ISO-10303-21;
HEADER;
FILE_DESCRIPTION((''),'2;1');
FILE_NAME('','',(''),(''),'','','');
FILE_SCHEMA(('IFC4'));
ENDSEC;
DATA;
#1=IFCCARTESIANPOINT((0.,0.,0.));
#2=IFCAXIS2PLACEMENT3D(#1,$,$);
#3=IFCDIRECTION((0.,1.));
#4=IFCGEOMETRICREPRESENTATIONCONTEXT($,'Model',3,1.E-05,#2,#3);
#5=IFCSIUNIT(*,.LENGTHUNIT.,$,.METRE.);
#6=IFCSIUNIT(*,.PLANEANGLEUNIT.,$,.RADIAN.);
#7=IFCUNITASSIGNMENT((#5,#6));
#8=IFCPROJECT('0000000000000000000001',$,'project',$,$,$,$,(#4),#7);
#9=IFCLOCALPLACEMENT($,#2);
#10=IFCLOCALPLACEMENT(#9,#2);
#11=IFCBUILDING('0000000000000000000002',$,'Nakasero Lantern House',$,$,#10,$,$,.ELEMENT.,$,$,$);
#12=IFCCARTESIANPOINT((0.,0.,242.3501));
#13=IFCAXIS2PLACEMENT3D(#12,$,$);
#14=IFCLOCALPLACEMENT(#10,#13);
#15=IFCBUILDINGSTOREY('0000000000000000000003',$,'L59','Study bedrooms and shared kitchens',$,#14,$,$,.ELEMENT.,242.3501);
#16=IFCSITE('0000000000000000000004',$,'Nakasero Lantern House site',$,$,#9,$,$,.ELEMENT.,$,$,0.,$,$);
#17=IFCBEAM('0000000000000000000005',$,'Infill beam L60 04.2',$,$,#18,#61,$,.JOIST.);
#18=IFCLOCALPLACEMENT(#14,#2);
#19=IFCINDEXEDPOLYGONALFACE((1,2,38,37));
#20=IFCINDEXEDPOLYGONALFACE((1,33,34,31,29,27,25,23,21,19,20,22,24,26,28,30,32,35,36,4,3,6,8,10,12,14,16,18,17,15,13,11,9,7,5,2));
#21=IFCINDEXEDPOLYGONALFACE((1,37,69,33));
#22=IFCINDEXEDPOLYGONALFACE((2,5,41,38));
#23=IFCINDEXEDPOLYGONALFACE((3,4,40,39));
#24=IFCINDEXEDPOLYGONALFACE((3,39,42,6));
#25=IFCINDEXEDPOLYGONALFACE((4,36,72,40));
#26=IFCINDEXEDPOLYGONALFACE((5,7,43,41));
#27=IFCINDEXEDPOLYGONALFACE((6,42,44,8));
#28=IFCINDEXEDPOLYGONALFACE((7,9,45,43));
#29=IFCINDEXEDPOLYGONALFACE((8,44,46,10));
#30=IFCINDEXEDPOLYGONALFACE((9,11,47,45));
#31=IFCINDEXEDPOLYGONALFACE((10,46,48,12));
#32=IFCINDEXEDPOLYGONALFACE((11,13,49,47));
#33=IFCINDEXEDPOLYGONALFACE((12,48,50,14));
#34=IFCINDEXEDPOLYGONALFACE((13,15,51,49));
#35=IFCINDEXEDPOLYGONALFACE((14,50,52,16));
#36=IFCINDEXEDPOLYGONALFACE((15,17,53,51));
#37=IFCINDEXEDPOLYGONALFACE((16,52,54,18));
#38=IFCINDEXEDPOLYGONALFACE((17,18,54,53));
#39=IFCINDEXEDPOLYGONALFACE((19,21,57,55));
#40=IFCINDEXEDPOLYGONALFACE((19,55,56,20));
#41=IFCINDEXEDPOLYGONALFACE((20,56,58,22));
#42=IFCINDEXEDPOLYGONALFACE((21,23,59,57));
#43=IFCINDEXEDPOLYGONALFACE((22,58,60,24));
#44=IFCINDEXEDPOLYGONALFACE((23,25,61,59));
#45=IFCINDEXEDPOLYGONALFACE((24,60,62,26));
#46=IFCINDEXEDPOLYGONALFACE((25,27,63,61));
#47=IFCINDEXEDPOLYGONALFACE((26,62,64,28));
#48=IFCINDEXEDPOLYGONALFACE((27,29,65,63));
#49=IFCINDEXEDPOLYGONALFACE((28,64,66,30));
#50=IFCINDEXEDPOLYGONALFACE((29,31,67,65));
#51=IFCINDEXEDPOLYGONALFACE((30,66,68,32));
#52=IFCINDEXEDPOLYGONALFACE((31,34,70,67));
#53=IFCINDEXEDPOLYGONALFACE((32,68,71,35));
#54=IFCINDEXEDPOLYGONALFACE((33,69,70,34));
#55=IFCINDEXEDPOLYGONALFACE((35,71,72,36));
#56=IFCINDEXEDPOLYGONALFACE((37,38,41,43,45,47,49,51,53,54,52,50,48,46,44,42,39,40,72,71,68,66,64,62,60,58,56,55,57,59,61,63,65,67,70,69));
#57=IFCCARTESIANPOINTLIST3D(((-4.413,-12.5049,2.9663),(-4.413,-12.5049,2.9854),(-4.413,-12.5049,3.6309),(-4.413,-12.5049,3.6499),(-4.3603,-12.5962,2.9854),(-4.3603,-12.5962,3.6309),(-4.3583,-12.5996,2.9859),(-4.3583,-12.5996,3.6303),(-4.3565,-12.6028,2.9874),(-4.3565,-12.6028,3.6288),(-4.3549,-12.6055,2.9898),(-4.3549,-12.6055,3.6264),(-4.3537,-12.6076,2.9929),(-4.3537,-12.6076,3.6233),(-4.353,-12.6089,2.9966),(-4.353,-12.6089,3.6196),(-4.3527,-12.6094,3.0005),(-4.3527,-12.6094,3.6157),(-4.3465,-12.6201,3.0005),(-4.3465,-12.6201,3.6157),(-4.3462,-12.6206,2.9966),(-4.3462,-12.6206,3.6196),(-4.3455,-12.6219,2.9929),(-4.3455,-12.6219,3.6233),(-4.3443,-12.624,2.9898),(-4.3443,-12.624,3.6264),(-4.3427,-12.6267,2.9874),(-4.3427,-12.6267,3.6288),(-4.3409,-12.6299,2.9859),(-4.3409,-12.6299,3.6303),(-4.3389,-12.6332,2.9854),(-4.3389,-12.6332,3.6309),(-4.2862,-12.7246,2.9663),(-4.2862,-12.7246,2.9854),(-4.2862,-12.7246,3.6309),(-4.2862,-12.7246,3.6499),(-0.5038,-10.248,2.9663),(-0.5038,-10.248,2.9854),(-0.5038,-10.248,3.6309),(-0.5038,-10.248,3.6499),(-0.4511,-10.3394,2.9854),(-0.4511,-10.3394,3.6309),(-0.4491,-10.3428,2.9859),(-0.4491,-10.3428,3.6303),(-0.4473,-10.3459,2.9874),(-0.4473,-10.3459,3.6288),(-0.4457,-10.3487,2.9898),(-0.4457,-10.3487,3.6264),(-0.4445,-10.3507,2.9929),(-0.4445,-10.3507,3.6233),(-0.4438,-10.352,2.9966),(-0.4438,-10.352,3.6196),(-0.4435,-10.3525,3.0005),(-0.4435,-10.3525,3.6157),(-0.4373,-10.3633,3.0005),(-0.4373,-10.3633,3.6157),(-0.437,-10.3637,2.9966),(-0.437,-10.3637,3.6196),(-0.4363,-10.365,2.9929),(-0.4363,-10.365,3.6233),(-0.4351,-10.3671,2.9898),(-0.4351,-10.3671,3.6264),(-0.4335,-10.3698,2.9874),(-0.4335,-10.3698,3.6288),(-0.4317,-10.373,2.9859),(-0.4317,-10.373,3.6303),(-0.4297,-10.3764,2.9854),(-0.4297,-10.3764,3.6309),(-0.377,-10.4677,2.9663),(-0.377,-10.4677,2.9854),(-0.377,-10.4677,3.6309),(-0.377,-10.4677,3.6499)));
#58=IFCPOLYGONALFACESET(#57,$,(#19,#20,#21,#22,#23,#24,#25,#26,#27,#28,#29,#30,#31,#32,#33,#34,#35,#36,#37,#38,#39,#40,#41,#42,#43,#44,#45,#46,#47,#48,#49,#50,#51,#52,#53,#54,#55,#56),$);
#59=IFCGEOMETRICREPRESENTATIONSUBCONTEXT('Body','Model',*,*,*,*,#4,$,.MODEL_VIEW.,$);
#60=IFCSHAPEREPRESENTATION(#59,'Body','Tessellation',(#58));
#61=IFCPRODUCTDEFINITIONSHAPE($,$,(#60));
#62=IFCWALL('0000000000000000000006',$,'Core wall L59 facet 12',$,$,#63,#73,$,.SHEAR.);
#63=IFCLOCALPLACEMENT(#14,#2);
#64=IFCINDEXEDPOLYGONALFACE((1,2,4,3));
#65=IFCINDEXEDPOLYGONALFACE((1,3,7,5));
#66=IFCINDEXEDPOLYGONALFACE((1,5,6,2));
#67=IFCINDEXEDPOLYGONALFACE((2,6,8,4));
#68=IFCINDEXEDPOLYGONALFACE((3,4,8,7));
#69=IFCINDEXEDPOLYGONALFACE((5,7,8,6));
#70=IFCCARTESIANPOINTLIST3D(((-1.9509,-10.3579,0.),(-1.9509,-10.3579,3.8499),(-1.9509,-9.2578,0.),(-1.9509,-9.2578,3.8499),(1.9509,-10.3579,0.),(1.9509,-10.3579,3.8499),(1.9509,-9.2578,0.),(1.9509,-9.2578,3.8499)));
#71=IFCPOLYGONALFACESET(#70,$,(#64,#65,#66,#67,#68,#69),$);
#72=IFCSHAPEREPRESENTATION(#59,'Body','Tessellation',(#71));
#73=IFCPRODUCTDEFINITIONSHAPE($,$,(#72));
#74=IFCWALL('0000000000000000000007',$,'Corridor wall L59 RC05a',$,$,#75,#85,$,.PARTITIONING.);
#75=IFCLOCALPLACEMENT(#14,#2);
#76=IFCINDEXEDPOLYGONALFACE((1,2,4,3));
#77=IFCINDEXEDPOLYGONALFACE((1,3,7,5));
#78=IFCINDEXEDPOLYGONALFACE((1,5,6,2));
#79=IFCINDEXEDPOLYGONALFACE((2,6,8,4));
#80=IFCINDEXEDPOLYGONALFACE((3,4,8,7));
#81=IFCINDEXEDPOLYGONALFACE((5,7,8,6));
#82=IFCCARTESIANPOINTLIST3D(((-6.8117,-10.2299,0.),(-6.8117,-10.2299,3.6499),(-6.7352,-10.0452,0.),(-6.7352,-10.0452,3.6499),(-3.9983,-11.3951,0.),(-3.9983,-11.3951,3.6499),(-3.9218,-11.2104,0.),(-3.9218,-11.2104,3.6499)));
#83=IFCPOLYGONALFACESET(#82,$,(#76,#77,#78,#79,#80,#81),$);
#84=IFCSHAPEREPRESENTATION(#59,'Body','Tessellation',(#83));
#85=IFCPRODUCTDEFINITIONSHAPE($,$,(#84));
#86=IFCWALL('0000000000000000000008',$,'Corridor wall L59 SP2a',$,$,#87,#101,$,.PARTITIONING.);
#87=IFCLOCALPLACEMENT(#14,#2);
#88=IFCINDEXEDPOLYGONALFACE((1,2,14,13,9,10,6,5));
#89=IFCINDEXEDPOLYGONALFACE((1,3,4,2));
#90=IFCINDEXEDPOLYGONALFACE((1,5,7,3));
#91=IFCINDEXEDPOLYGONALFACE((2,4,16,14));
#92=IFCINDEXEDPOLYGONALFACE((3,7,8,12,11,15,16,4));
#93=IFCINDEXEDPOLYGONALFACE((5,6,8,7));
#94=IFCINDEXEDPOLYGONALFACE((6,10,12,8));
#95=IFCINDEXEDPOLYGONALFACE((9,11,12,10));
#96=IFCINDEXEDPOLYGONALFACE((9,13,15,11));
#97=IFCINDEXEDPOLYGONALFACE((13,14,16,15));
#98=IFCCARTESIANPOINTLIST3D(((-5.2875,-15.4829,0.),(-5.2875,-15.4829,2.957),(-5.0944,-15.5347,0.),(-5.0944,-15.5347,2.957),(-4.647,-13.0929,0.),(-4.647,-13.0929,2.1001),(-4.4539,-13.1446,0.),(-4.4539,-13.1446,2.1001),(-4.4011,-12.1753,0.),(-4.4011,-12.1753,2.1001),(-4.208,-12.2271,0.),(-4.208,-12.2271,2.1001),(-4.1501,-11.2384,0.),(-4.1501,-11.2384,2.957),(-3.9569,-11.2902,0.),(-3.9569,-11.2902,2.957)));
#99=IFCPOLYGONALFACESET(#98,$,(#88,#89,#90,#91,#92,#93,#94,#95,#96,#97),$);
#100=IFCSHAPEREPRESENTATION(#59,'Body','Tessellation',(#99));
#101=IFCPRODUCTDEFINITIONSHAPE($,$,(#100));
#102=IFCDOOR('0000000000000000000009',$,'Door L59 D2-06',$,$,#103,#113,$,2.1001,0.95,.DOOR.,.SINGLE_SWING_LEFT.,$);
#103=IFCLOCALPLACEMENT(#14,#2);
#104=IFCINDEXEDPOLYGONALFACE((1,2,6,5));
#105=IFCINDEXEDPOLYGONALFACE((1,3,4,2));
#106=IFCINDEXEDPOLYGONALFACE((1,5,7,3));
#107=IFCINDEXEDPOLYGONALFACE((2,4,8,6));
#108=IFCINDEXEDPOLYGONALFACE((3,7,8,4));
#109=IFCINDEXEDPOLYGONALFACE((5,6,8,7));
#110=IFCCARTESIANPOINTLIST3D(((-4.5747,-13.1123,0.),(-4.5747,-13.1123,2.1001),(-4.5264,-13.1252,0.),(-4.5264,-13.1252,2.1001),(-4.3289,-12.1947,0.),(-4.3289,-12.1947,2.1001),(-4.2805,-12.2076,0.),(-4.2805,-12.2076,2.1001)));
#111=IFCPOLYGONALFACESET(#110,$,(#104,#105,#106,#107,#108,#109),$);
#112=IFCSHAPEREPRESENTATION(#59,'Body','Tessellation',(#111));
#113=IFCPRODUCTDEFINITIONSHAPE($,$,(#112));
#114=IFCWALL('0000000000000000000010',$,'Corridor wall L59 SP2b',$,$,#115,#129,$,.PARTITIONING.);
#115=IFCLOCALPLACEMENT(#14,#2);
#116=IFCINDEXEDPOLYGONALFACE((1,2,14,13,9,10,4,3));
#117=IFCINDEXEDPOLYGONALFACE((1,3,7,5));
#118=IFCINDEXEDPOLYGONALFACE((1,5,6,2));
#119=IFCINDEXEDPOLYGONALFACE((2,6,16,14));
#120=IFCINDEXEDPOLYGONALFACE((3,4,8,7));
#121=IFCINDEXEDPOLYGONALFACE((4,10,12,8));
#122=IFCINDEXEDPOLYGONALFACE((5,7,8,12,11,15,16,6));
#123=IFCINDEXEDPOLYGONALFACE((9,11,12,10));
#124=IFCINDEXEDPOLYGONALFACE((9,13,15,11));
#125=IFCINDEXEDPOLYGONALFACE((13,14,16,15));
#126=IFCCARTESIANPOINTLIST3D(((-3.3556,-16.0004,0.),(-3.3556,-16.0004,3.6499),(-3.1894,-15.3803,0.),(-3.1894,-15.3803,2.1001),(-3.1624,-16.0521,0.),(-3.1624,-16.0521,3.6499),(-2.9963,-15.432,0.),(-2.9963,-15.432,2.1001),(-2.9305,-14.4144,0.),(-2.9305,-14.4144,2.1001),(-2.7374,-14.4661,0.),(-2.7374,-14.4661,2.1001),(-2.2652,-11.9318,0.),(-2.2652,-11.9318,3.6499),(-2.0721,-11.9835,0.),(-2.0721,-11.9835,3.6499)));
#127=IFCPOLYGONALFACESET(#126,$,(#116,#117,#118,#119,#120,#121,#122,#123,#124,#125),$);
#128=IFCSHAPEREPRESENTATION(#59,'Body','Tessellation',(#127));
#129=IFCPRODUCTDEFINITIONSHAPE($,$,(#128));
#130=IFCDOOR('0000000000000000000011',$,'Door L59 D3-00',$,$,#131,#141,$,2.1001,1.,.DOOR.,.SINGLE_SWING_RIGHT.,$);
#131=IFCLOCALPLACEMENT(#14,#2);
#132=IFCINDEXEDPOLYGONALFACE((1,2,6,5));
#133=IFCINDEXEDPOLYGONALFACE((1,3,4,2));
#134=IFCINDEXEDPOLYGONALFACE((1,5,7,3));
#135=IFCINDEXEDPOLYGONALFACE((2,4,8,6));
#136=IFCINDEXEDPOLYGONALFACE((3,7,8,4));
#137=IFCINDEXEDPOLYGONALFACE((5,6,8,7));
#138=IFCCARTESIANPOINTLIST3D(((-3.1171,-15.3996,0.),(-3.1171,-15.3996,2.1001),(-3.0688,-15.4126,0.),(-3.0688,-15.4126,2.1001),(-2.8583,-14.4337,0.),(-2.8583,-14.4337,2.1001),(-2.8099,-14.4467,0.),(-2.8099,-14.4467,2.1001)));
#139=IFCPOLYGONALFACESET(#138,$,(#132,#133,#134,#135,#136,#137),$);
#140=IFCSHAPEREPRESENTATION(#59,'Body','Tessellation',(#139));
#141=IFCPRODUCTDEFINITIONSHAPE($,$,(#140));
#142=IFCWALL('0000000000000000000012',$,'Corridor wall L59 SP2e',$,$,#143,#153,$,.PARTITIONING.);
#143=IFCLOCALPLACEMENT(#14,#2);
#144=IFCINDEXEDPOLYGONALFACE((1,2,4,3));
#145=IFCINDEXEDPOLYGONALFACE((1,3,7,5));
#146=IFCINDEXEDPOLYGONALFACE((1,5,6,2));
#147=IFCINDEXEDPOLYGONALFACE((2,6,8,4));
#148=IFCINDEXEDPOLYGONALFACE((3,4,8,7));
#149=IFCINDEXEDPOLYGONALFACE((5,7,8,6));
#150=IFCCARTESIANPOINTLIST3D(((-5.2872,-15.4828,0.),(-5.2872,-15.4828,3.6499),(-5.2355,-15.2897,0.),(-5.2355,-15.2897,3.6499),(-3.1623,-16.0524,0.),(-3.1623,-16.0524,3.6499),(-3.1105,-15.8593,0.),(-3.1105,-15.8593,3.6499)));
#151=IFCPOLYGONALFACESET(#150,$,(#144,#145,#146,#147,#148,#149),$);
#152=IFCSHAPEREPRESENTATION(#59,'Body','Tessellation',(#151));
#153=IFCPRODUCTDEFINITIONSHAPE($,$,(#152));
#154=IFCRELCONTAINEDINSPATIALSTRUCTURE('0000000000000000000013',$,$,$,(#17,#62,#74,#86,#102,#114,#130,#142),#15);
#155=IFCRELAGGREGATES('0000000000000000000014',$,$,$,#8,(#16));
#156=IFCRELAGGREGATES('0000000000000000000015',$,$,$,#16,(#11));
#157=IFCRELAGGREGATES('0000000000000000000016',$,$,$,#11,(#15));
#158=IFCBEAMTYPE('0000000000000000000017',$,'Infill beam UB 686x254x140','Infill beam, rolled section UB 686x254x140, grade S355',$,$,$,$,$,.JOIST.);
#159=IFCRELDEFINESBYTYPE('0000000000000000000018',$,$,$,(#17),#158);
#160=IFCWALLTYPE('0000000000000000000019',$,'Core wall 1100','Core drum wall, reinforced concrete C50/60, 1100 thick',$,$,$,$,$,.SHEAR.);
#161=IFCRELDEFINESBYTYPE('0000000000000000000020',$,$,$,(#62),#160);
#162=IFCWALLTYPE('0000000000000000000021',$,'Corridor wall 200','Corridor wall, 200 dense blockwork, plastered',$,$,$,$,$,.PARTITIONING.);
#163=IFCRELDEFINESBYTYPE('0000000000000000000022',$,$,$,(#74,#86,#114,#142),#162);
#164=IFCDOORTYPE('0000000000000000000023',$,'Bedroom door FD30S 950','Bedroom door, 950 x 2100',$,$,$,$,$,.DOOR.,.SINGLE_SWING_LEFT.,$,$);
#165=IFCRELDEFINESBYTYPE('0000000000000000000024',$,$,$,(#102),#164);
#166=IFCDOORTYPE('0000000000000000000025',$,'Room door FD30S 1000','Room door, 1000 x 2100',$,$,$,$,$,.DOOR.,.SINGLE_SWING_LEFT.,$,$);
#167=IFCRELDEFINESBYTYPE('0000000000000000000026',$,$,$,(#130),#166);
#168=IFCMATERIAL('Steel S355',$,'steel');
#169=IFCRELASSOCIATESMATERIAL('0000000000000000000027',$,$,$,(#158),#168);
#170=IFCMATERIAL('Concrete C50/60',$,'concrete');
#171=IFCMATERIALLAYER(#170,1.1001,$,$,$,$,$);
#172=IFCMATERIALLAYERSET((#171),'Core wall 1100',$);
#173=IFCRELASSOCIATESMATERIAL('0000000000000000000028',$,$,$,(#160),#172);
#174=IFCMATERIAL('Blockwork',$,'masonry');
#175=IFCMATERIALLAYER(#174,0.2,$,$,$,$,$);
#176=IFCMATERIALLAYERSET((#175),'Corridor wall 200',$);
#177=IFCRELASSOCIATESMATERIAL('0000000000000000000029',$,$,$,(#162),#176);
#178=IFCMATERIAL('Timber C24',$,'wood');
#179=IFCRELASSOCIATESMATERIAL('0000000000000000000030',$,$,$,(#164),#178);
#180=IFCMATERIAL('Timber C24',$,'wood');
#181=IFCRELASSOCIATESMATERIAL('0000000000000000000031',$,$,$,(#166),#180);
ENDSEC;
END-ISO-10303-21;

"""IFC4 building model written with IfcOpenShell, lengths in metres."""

from ifc_helpers import new_model, si_unit, direction, frame, frame_2d, origin, origin_2d, place, context, subcontext, project, spatial, rectangle, i_section, extrude, material, layer, layer_set, material_profile, profile_set, type_object, element, fill, save


model = new_model("IFC4")

# Units and contexts
model_context = context("Model", 3, precision=1e-05, world=origin(), true_north=direction((0.0, 1.0)))
body_context = subcontext(model_context, "Body", "Model", "MODEL_VIEW")
ifc_project = project(units=[si_unit("LENGTHUNIT", "METRE"), si_unit("PLANEANGLEUNIT", "RADIAN")], contexts=[model_context])

# Site, building, storey
site_placement = place(None, origin())
site = spatial("IfcSite", under=ifc_project, at=site_placement, Name="Nakasero Lantern House site", CompositionType="ELEMENT", RefElevation=0.0)
building_placement = place(site_placement, origin())
building = spatial("IfcBuilding", under=site, at=building_placement, Name="Nakasero Lantern House", CompositionType="ELEMENT")
storey_placement = place(building_placement, frame((0.0, 0.0, 242.3501)))
storey = spatial("IfcBuildingStorey", under=building, at=storey_placement, Name="L59", Description="Study bedrooms and shared kitchens", CompositionType="ELEMENT", Elevation=242.3501)

# Beam
ifc_material_1 = material(Name="Steel S355", Category="steel")
ifc_material_profile = material_profile(ifc_material_1, i_section(OverallWidth=0.2537, OverallDepth=0.6836, WebThickness=0.0125, FlangeThickness=0.019, FilletRadius=0.0151, at=origin_2d()), Name="UB 686x254x140")
ifc_profile_set = profile_set([ifc_material_profile], Name="Steel S355")
beam_type = type_object("IfcBeamType", Name="Infill beam UB 686x254x140", Description="Infill beam, rolled section UB 686x254x140, grade S355", PredefinedType="JOIST", material=ifc_profile_set)
beam_placement = place(storey_placement, frame((-4.3496, -12.6147, 3.3081), z_axis=(0.866038, 0.499978, 0.0), x_axis=(-0.499978, 0.866038, 0.0)))
element("IfcBeam", 1, at=beam_placement, inside=storey, type_object=beam_type, Name="Infill beam L60 04.2", PredefinedType="JOIST", context=body_context, shape_type="SweptSolid", body=[
    extrude(i_section(OverallWidth=0.2537, OverallDepth=0.6836, WebThickness=0.0125, FlangeThickness=0.019, FilletRadius=0.0151, at=origin_2d()), origin(), (0.0, 0.0, 1.0), 4.5139),
])

# Walls
ifc_material_2 = material(Name="Concrete C50/60", Category="concrete")
ifc_layer_1 = layer(ifc_material_2, 1.1001)
ifc_layer_set_1 = layer_set([ifc_layer_1], Name="Core wall 1100")
wall_type_1 = type_object("IfcWallType", Name="Core wall 1100", Description="Core drum wall, reinforced concrete C50/60, 1100 thick", PredefinedType="SHEAR", material=ifc_layer_set_1)
wall_1_placement = place(storey_placement, frame((-1.9509, -9.8079, 0.0), z_axis=(0.0, 0.0, 1.0), x_axis=(1.0, 0.0, 0.0)))
element("IfcWall", 2, at=wall_1_placement, inside=storey, type_object=wall_type_1, Name="Core wall L59 facet 12", PredefinedType="SHEAR", context=body_context, shape_type="SweptSolid", body=[
    extrude(rectangle(XDim=3.9019, YDim=1.1001, at=frame_2d((1.9509, 0.0))), origin(), (0.0, 0.0, 1.0), 3.8499),
])
ifc_material_3 = material(Name="Blockwork", Category="masonry")
ifc_layer_2 = layer(ifc_material_3, 0.2)
ifc_layer_set_2 = layer_set([ifc_layer_2], Name="Corridor wall 200")
wall_type_2 = type_object("IfcWallType", Name="Corridor wall 200", Description="Corridor wall, 200 dense blockwork, plastered", PredefinedType="PARTITIONING", material=ifc_layer_set_2)
wall_2_placement = place(storey_placement, frame((-3.9602, -11.3027, 0.0), z_axis=(0.0, 0.0, 1.0), x_axis=(-0.923891, 0.382656, 0.0)))
element("IfcWall", 3, at=wall_2_placement, inside=storey, type_object=wall_type_2, Name="Corridor wall L59 RC05a", PredefinedType="PARTITIONING", context=body_context, shape_type="SweptSolid", body=[
    extrude(rectangle(XDim=3.0452, YDim=0.2, at=frame_2d((1.5225, 0.0))), origin(), (0.0, 0.0, 1.0), 3.6499),
])

# Walls, openings, doors
wall_3_placement = place(storey_placement, frame((-4.0535, -11.2642, 0.0), z_axis=(0.0, 0.0, 1.0), x_axis=(-0.258842, -0.96592, 0.0)))
wall_3 = element("IfcWall", 4, at=wall_3_placement, inside=storey, type_object=wall_type_2, Name="Corridor wall L59 SP2a", PredefinedType="PARTITIONING", context=body_context, shape_type="SweptSolid", body=[
    extrude(rectangle(XDim=4.3943, YDim=0.2, at=frame_2d((2.1973, 0.0))), origin(), (0.0, 0.0, 1.0), 2.957),
])
opening_1_placement = place(wall_3_placement, frame((0.97, 0.0, 0.0)))
opening_1 = element("IfcOpeningElement", 5, at=opening_1_placement, cuts=wall_3, PredefinedType="OPENING", context=body_context, shape_type="SweptSolid", body=[
    extrude(rectangle(XDim=0.95, YDim=2.1001, at=frame_2d((0.4751, 1.05))), frame((0.0, 0.1199, 0.0), z_axis=(0.0, -1.0, 0.0), x_axis=(1.0, 0.0, 0.0)), (0.0, 0.0, 1.0), 0.24),
])
ifc_material_4 = material(Name="Timber C24", Category="wood")
door_type_1 = type_object("IfcDoorType", Name="Bedroom door FD30S 950", Description="Bedroom door, 950 x 2100", OperationType="SINGLE_SWING_LEFT", PredefinedType="DOOR", material=ifc_material_4)
door_1_placement = place(opening_1_placement, origin())
door_1 = element("IfcDoor", 6, at=door_1_placement, inside=storey, type_object=door_type_1, Name="Door L59 D2-06", OperationType="SINGLE_SWING_LEFT", OverallHeight=2.1001, OverallWidth=0.95, PredefinedType="DOOR", context=body_context, shape_type="SweptSolid", body=[
    extrude(rectangle(XDim=0.95, YDim=2.1001, at=frame_2d((0.4751, 1.05))), frame((0.0, 0.0249, 0.0), z_axis=(0.0, -1.0, 0.0), x_axis=(1.0, 0.0, 0.0)), (0.0, 0.0, 1.0), 0.05),
])
fill(opening_1, door_1)
wall_4_placement = place(storey_placement, frame((-2.1687, -11.9578, 0.0), z_axis=(0.0, 0.0, 1.0), x_axis=(-0.258853, -0.965917, 0.0)))
wall_4 = element("IfcWall", 7, at=wall_4_placement, inside=storey, type_object=wall_type_2, Name="Corridor wall L59 SP2b", PredefinedType="PARTITIONING", context=body_context, shape_type="SweptSolid", body=[
    extrude(rectangle(XDim=4.2122, YDim=0.2, at=frame_2d((2.106, 0.0))), origin(), (0.0, 0.0, 1.0), 3.6499),
])
opening_2_placement = place(wall_4_placement, frame((2.5701, 0.0, 0.0)))
opening_2 = element("IfcOpeningElement", 8, at=opening_2_placement, cuts=wall_4, PredefinedType="OPENING", context=body_context, shape_type="SweptSolid", body=[
    extrude(rectangle(XDim=1.0, YDim=2.1001, at=frame_2d((0.5, 1.05))), frame((0.0, 0.1199, 0.0), z_axis=(0.0, -1.0, 0.0), x_axis=(1.0, 0.0, 0.0)), (0.0, 0.0, 1.0), 0.24),
])
ifc_material_5 = material(Name="Timber C24", Category="wood")
door_type_2 = type_object("IfcDoorType", Name="Room door FD30S 1000", Description="Room door, 1000 x 2100", OperationType="SINGLE_SWING_LEFT", PredefinedType="DOOR", material=ifc_material_5)
door_2_placement = place(opening_2_placement, origin())
door_2 = element("IfcDoor", 9, at=door_2_placement, inside=storey, type_object=door_type_2, Name="Door L59 D3-00", OperationType="SINGLE_SWING_RIGHT", OverallHeight=2.1001, OverallWidth=1.0, PredefinedType="DOOR", context=body_context, shape_type="SweptSolid", body=[
    extrude(rectangle(XDim=1.0, YDim=2.1001, at=frame_2d((0.5, 1.05))), frame((0.0, 0.0249, 0.0), z_axis=(0.0, -1.0, 0.0), x_axis=(1.0, 0.0, 0.0)), (0.0, 0.0, 1.0), 0.05),
])
fill(opening_2, door_2)

# Wall
wall_5_placement = place(storey_placement, frame((-5.2615, -15.3862, 0.0), z_axis=(0.0, 0.0, 1.0), x_axis=(0.965904, -0.258899, 0.0)))
element("IfcWall", 10, at=wall_5_placement, inside=storey, type_object=wall_type_2, Name="Corridor wall L59 SP2e", PredefinedType="PARTITIONING", context=body_context, shape_type="SweptSolid", body=[
    extrude(rectangle(XDim=2.2, YDim=0.2, at=frame_2d((1.1001, 0.0))), origin(), (0.0, 0.0, 1.0), 3.6499),
])

save(model, "model.ifc")
